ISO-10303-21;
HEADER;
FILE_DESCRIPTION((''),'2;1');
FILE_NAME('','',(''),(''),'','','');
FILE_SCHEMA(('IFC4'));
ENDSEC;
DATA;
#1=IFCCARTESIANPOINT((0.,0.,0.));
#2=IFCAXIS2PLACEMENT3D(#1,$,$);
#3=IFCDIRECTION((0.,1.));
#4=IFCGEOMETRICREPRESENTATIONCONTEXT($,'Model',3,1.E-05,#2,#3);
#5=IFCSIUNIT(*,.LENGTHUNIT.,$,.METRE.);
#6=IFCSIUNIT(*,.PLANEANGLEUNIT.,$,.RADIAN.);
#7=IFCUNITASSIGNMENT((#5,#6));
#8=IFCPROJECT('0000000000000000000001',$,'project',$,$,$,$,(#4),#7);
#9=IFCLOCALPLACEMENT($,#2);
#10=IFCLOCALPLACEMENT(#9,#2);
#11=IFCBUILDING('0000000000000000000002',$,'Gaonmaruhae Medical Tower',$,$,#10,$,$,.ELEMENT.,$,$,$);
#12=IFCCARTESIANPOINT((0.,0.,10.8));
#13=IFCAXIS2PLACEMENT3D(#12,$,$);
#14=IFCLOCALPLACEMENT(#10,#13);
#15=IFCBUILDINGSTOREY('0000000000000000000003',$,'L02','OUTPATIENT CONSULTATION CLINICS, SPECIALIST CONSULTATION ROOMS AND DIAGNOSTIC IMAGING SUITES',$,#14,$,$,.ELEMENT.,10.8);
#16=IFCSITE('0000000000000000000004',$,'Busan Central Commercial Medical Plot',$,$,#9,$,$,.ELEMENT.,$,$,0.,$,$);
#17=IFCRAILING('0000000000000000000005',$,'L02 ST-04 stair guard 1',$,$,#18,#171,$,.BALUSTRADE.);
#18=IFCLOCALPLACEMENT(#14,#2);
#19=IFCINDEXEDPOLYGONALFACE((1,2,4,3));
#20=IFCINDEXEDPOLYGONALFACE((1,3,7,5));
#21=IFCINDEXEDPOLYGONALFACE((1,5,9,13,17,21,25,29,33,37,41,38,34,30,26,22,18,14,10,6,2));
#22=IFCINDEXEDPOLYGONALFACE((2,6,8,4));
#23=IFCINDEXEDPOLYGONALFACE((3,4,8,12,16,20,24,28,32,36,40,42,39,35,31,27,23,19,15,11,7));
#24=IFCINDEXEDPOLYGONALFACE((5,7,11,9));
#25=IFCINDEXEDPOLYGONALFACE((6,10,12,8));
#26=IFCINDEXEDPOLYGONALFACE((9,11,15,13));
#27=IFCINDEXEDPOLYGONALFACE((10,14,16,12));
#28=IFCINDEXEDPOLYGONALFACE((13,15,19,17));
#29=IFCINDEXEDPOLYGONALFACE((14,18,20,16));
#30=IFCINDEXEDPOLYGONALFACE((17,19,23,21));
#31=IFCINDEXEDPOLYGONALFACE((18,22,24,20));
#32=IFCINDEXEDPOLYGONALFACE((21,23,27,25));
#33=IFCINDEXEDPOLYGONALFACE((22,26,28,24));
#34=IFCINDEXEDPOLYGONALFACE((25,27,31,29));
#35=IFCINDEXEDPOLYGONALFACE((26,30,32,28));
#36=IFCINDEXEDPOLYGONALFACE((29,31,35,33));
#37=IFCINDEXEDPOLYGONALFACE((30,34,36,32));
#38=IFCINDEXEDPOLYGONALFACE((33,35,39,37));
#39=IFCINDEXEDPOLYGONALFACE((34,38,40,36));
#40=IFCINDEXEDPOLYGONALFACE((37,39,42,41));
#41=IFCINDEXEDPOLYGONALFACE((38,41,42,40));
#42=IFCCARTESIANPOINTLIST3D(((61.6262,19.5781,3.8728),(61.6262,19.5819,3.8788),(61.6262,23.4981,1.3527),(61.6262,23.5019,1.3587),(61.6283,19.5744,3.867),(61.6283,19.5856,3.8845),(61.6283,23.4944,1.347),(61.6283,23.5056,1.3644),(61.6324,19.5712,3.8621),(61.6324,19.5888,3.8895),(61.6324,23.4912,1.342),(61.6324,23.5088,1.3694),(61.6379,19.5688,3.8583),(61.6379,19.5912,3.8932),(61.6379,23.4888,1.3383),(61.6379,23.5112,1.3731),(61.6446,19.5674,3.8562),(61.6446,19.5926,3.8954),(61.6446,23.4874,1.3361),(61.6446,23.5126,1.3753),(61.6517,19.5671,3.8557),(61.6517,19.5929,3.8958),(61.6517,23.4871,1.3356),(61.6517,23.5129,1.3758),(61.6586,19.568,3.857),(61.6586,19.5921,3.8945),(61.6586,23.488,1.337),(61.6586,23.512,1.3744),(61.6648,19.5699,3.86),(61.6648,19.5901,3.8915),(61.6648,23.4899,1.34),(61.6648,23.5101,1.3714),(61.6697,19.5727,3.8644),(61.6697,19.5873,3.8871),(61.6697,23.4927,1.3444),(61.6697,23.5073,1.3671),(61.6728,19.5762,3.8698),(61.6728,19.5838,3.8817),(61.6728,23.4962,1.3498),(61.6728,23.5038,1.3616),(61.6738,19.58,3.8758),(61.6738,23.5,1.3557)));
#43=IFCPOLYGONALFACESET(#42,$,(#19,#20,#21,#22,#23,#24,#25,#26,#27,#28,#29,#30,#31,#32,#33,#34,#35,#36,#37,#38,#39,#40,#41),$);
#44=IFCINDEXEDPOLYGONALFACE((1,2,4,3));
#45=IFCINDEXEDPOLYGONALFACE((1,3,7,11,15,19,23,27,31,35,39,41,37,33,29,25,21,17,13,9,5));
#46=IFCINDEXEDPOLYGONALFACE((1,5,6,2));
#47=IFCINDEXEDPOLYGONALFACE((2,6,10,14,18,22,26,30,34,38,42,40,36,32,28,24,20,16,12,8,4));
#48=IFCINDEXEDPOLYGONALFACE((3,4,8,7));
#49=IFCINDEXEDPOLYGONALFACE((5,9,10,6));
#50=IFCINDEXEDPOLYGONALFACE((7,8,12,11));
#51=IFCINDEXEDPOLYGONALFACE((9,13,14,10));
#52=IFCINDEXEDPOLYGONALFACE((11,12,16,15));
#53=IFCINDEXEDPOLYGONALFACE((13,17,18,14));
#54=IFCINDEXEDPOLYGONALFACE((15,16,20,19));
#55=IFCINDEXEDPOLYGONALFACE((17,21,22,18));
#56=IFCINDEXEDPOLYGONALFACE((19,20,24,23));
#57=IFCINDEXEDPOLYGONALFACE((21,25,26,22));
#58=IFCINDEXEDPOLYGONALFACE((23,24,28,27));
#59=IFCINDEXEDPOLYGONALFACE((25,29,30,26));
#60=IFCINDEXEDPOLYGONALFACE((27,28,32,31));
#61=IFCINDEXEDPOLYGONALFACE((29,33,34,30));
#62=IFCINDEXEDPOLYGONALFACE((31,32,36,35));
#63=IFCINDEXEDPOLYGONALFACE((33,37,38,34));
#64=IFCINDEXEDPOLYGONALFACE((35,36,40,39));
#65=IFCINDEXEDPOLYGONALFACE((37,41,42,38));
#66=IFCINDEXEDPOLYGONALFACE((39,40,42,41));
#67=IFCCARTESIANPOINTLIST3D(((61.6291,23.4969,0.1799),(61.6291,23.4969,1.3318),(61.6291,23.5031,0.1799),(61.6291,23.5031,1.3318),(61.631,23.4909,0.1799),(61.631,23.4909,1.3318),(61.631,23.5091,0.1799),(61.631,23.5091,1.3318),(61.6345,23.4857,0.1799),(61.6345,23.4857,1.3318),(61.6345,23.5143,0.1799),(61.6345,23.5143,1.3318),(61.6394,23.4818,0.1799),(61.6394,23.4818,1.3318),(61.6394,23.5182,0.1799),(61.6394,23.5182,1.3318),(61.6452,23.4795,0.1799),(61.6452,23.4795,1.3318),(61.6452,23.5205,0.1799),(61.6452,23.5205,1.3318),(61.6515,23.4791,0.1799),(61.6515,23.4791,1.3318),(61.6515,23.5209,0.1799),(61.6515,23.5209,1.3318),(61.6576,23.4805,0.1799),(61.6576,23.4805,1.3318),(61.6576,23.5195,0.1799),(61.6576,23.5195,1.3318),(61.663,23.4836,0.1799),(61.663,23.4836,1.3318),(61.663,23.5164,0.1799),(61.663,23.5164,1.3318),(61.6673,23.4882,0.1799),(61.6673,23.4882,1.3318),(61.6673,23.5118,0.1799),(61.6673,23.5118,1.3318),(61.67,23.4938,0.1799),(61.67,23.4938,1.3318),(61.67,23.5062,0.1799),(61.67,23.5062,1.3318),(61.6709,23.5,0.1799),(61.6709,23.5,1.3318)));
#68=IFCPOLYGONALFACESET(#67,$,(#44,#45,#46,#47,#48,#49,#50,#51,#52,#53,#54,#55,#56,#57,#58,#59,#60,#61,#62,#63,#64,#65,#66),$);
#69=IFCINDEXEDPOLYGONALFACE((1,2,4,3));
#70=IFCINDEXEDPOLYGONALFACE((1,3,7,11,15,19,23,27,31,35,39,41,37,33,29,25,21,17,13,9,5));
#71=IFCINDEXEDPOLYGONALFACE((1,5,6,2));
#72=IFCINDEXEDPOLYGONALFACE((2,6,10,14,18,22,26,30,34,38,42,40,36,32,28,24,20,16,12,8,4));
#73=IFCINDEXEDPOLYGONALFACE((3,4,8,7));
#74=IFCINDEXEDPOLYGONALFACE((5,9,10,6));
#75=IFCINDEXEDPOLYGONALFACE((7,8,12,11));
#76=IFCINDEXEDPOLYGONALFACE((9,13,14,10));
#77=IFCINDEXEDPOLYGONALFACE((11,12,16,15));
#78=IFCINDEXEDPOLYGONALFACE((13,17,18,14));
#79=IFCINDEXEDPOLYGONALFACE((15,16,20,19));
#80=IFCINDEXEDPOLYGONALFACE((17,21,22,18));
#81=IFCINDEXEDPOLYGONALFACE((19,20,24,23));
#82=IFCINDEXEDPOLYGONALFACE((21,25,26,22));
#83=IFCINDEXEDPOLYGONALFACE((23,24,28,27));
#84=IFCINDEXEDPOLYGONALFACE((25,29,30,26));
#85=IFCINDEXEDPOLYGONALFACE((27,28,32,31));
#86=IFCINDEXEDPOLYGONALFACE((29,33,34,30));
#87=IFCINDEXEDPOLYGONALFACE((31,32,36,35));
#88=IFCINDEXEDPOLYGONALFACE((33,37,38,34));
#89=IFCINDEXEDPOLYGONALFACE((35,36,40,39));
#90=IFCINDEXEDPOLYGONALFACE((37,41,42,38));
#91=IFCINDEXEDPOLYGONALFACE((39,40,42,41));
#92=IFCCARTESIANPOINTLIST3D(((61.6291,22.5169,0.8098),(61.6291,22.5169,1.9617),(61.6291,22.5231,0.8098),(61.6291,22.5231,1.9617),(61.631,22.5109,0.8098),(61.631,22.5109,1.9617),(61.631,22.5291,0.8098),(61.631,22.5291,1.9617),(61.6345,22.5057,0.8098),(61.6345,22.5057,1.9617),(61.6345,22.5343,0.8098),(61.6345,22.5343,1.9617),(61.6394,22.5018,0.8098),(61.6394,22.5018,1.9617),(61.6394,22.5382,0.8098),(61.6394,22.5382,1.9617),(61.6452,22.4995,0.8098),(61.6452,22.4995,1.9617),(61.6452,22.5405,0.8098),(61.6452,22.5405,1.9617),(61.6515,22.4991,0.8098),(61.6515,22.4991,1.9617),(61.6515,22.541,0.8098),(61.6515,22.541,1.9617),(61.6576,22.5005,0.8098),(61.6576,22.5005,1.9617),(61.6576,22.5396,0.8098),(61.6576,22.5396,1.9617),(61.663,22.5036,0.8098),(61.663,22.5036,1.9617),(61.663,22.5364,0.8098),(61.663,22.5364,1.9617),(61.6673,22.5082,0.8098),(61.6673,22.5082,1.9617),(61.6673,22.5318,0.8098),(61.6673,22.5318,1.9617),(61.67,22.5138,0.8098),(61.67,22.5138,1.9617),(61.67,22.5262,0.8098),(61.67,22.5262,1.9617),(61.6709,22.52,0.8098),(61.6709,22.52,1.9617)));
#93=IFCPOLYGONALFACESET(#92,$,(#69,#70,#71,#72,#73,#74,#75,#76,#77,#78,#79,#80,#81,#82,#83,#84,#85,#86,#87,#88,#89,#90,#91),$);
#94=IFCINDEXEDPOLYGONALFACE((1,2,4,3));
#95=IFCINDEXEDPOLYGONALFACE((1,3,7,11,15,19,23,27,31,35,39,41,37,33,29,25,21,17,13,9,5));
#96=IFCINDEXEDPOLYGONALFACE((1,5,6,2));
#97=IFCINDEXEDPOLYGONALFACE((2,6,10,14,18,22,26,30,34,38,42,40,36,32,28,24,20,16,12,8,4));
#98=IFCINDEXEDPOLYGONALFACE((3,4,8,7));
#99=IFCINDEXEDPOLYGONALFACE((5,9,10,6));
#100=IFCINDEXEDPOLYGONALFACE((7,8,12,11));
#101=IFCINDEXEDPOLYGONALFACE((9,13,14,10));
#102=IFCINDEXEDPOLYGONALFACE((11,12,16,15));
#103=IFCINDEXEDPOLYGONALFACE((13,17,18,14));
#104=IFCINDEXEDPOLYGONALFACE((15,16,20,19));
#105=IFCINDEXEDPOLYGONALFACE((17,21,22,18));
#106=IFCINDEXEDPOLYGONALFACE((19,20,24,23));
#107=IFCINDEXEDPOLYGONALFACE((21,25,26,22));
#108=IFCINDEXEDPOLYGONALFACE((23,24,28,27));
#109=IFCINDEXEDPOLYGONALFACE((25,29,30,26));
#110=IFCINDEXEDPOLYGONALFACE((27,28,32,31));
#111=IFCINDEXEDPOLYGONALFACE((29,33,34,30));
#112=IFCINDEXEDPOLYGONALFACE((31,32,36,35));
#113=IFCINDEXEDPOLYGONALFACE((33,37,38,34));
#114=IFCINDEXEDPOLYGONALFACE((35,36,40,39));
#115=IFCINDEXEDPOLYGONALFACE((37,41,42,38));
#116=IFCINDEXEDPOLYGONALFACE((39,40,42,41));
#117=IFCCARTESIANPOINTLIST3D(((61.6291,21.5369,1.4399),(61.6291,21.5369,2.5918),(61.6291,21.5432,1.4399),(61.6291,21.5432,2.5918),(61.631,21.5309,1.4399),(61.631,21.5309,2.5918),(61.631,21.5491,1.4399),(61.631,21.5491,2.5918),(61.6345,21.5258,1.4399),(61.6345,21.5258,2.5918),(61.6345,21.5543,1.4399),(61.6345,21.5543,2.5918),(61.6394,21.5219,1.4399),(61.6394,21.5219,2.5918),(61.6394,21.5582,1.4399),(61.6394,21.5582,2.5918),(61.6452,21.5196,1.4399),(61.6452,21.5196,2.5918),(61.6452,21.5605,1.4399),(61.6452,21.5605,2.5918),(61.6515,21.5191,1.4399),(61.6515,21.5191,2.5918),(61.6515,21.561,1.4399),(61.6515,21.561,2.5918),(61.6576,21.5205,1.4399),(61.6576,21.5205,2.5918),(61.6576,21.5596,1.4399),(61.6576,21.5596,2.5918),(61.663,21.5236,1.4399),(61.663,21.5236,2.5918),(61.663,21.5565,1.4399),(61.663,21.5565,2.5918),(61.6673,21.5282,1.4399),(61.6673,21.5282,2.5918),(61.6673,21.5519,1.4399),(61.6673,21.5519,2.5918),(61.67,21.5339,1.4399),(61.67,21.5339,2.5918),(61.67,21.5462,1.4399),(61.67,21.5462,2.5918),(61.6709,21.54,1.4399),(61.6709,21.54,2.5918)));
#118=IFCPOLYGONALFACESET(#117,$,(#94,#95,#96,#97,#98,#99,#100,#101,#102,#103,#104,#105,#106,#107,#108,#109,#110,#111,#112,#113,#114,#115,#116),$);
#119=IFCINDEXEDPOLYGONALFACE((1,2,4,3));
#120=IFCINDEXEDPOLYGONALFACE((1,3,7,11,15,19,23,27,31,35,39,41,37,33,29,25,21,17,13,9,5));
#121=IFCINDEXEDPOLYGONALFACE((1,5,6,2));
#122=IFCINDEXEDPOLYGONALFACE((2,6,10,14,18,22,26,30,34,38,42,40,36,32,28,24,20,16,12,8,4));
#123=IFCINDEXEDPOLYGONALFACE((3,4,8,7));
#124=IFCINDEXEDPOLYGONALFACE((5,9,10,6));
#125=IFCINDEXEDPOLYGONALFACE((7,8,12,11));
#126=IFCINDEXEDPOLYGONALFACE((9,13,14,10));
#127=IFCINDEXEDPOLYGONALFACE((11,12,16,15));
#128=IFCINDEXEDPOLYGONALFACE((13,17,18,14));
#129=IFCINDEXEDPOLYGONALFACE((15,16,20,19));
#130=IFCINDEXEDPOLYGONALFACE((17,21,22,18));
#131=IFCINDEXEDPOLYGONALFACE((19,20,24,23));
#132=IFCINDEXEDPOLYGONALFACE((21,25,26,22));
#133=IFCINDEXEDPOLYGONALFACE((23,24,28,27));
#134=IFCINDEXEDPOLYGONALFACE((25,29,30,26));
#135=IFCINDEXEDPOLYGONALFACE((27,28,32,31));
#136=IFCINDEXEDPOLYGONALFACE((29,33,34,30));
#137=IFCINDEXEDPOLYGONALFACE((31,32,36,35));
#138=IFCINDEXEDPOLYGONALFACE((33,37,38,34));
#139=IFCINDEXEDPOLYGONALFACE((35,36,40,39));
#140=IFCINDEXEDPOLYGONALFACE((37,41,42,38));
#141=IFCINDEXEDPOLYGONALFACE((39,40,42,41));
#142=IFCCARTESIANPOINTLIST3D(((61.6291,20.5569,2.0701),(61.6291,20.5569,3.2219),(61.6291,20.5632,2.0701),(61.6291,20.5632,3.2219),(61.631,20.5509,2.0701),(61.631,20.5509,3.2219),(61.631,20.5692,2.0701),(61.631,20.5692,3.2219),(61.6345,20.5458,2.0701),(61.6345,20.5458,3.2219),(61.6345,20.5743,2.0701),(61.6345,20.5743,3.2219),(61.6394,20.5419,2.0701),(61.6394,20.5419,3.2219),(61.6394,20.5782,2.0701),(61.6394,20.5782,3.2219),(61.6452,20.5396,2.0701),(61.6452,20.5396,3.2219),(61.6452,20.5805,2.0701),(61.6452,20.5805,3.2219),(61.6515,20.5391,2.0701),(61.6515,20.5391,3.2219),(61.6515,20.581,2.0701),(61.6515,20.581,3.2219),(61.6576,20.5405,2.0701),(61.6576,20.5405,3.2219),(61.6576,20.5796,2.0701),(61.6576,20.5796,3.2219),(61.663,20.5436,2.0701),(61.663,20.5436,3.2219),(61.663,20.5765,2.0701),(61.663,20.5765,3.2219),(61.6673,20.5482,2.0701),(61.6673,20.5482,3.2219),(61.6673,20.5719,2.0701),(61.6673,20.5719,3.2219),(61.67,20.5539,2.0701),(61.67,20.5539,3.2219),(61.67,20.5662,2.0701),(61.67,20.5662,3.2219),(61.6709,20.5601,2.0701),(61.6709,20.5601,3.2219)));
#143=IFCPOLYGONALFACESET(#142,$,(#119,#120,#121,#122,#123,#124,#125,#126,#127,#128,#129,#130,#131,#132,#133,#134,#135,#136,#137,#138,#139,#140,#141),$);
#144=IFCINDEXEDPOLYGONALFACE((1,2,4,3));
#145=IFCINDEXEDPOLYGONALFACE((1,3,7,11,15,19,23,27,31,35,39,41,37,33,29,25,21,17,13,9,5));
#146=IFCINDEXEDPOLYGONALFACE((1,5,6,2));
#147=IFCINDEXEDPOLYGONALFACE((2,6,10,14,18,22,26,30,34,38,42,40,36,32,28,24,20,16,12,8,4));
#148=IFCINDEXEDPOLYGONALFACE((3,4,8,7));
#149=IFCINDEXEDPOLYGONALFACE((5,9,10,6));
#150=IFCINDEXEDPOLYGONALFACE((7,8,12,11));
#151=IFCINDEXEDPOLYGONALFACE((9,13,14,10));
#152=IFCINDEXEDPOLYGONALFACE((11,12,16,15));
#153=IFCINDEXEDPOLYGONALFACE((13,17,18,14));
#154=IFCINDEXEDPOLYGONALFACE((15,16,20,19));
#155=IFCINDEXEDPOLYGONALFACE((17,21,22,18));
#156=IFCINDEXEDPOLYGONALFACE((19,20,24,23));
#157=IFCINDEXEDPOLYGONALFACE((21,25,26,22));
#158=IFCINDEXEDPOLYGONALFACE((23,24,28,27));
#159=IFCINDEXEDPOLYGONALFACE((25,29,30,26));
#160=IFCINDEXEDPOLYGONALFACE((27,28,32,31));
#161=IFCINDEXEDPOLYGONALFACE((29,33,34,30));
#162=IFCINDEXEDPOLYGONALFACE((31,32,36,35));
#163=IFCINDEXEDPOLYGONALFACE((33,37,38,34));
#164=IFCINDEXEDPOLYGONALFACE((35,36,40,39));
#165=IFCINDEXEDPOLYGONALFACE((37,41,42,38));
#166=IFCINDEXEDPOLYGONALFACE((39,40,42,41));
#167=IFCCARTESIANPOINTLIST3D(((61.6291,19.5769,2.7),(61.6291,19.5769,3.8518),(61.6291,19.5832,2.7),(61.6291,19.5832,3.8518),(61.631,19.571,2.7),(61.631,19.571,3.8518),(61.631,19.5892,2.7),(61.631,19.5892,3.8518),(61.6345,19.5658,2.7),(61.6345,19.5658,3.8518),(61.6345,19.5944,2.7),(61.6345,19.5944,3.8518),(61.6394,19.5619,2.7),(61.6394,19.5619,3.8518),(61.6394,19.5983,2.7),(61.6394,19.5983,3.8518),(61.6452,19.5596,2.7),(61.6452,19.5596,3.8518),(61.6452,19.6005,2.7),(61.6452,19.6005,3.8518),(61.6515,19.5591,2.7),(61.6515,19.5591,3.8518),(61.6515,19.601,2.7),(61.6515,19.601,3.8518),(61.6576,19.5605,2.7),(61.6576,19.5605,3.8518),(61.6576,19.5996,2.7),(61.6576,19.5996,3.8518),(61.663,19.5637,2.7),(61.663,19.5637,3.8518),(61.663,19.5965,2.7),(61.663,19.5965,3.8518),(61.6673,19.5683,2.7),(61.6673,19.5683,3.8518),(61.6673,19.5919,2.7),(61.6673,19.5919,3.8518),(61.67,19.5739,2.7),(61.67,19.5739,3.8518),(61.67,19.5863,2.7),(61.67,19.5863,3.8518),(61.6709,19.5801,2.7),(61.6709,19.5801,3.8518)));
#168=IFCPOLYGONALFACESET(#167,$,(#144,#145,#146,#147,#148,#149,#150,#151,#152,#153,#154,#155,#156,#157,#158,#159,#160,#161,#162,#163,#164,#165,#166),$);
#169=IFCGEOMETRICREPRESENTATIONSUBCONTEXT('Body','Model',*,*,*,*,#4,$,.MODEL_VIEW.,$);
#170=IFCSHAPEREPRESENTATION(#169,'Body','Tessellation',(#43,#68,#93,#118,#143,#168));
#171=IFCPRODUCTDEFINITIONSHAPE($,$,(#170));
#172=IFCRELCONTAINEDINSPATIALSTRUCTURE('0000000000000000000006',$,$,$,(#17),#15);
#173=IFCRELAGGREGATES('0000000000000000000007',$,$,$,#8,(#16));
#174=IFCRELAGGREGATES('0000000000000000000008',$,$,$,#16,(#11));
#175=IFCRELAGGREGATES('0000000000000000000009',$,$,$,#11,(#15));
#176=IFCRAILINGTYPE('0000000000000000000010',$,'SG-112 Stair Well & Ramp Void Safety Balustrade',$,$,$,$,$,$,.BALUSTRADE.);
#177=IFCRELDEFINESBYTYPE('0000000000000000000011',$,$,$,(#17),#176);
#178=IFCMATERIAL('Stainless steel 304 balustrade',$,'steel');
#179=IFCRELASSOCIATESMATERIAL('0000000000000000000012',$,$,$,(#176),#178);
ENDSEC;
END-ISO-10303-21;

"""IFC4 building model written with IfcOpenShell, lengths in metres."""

from ifc_helpers import new_model, si_unit, direction, frame, origin, origin_2d, place, context, subcontext, project, spatial, circle, extrude, material, type_object, element, save


model = new_model("IFC4")

# Units and contexts
model_context = context("Model", 3, precision=1e-05, world=origin(), true_north=direction((0.0, 1.0)))
body_context = subcontext(model_context, "Body", "Model", "MODEL_VIEW")
ifc_project = project(units=[si_unit("LENGTHUNIT", "METRE"), si_unit("PLANEANGLEUNIT", "RADIAN")], contexts=[model_context])

# Site, building, storey
site_placement = place(None, origin())
site = spatial("IfcSite", under=ifc_project, at=site_placement, Name="Busan Central Commercial Medical Plot", CompositionType="ELEMENT", RefElevation=0.0)
building_placement = place(site_placement, origin())
building = spatial("IfcBuilding", under=site, at=building_placement, Name="Gaonmaruhae Medical Tower", CompositionType="ELEMENT")
storey_placement = place(building_placement, frame((0.0, 0.0, 10.8)))
storey = spatial("IfcBuildingStorey", under=building, at=storey_placement, Name="L02", Description="OUTPATIENT CONSULTATION CLINICS, SPECIALIST CONSULTATION ROOMS AND DIAGNOSTIC IMAGING SUITES", CompositionType="ELEMENT", Elevation=10.8)

# Railing
ifc_material_1 = material(Name="Stainless steel 304 balustrade", Category="steel")
railing_type_1 = type_object("IfcRailingType", Name="SG-112 Stair Well & Ramp Void Safety Balustrade", PredefinedType="BALUSTRADE", material=ifc_material_1)
railing_1_placement = place(storey_placement, frame((61.6499, 23.5, 0.1799)))
element("IfcRailing", 1, at=railing_1_placement, inside=storey, type_object=railing_type_1, Name="L02 ST-04 stair guard 1", PredefinedType="BALUSTRADE", context=body_context, shape_type="SweptSolid", body=[
    extrude(circle(Radius=0.0239, at=origin_2d()), frame((0.0, 0.0, 1.1758), z_axis=(0.0, -0.841172, 0.540768), x_axis=(1.0, 0.0, 0.0)), (0.0, 0.0, 1.0), 4.6602),
    extrude(circle(Radius=0.021, at=origin_2d()), origin(), (0.0, 0.0, 1.0), 1.1519),
    extrude(circle(Radius=0.021, at=origin_2d()), frame((0.0, -0.98, 0.6299)), (0.0, 0.0, 1.0), 1.1519),
    extrude(circle(Radius=0.021, at=origin_2d()), frame((0.0, -1.96, 1.26)), (0.0, 0.0, 1.0), 1.1519),
    extrude(circle(Radius=0.021, at=origin_2d()), frame((0.0, -2.9399, 1.8901)), (0.0, 0.0, 1.0), 1.1519),
    extrude(circle(Radius=0.021, at=origin_2d()), frame((0.0, -3.9199, 2.52)), (0.0, 0.0, 1.0), 1.1519),
])

save(model, "model.ifc")
